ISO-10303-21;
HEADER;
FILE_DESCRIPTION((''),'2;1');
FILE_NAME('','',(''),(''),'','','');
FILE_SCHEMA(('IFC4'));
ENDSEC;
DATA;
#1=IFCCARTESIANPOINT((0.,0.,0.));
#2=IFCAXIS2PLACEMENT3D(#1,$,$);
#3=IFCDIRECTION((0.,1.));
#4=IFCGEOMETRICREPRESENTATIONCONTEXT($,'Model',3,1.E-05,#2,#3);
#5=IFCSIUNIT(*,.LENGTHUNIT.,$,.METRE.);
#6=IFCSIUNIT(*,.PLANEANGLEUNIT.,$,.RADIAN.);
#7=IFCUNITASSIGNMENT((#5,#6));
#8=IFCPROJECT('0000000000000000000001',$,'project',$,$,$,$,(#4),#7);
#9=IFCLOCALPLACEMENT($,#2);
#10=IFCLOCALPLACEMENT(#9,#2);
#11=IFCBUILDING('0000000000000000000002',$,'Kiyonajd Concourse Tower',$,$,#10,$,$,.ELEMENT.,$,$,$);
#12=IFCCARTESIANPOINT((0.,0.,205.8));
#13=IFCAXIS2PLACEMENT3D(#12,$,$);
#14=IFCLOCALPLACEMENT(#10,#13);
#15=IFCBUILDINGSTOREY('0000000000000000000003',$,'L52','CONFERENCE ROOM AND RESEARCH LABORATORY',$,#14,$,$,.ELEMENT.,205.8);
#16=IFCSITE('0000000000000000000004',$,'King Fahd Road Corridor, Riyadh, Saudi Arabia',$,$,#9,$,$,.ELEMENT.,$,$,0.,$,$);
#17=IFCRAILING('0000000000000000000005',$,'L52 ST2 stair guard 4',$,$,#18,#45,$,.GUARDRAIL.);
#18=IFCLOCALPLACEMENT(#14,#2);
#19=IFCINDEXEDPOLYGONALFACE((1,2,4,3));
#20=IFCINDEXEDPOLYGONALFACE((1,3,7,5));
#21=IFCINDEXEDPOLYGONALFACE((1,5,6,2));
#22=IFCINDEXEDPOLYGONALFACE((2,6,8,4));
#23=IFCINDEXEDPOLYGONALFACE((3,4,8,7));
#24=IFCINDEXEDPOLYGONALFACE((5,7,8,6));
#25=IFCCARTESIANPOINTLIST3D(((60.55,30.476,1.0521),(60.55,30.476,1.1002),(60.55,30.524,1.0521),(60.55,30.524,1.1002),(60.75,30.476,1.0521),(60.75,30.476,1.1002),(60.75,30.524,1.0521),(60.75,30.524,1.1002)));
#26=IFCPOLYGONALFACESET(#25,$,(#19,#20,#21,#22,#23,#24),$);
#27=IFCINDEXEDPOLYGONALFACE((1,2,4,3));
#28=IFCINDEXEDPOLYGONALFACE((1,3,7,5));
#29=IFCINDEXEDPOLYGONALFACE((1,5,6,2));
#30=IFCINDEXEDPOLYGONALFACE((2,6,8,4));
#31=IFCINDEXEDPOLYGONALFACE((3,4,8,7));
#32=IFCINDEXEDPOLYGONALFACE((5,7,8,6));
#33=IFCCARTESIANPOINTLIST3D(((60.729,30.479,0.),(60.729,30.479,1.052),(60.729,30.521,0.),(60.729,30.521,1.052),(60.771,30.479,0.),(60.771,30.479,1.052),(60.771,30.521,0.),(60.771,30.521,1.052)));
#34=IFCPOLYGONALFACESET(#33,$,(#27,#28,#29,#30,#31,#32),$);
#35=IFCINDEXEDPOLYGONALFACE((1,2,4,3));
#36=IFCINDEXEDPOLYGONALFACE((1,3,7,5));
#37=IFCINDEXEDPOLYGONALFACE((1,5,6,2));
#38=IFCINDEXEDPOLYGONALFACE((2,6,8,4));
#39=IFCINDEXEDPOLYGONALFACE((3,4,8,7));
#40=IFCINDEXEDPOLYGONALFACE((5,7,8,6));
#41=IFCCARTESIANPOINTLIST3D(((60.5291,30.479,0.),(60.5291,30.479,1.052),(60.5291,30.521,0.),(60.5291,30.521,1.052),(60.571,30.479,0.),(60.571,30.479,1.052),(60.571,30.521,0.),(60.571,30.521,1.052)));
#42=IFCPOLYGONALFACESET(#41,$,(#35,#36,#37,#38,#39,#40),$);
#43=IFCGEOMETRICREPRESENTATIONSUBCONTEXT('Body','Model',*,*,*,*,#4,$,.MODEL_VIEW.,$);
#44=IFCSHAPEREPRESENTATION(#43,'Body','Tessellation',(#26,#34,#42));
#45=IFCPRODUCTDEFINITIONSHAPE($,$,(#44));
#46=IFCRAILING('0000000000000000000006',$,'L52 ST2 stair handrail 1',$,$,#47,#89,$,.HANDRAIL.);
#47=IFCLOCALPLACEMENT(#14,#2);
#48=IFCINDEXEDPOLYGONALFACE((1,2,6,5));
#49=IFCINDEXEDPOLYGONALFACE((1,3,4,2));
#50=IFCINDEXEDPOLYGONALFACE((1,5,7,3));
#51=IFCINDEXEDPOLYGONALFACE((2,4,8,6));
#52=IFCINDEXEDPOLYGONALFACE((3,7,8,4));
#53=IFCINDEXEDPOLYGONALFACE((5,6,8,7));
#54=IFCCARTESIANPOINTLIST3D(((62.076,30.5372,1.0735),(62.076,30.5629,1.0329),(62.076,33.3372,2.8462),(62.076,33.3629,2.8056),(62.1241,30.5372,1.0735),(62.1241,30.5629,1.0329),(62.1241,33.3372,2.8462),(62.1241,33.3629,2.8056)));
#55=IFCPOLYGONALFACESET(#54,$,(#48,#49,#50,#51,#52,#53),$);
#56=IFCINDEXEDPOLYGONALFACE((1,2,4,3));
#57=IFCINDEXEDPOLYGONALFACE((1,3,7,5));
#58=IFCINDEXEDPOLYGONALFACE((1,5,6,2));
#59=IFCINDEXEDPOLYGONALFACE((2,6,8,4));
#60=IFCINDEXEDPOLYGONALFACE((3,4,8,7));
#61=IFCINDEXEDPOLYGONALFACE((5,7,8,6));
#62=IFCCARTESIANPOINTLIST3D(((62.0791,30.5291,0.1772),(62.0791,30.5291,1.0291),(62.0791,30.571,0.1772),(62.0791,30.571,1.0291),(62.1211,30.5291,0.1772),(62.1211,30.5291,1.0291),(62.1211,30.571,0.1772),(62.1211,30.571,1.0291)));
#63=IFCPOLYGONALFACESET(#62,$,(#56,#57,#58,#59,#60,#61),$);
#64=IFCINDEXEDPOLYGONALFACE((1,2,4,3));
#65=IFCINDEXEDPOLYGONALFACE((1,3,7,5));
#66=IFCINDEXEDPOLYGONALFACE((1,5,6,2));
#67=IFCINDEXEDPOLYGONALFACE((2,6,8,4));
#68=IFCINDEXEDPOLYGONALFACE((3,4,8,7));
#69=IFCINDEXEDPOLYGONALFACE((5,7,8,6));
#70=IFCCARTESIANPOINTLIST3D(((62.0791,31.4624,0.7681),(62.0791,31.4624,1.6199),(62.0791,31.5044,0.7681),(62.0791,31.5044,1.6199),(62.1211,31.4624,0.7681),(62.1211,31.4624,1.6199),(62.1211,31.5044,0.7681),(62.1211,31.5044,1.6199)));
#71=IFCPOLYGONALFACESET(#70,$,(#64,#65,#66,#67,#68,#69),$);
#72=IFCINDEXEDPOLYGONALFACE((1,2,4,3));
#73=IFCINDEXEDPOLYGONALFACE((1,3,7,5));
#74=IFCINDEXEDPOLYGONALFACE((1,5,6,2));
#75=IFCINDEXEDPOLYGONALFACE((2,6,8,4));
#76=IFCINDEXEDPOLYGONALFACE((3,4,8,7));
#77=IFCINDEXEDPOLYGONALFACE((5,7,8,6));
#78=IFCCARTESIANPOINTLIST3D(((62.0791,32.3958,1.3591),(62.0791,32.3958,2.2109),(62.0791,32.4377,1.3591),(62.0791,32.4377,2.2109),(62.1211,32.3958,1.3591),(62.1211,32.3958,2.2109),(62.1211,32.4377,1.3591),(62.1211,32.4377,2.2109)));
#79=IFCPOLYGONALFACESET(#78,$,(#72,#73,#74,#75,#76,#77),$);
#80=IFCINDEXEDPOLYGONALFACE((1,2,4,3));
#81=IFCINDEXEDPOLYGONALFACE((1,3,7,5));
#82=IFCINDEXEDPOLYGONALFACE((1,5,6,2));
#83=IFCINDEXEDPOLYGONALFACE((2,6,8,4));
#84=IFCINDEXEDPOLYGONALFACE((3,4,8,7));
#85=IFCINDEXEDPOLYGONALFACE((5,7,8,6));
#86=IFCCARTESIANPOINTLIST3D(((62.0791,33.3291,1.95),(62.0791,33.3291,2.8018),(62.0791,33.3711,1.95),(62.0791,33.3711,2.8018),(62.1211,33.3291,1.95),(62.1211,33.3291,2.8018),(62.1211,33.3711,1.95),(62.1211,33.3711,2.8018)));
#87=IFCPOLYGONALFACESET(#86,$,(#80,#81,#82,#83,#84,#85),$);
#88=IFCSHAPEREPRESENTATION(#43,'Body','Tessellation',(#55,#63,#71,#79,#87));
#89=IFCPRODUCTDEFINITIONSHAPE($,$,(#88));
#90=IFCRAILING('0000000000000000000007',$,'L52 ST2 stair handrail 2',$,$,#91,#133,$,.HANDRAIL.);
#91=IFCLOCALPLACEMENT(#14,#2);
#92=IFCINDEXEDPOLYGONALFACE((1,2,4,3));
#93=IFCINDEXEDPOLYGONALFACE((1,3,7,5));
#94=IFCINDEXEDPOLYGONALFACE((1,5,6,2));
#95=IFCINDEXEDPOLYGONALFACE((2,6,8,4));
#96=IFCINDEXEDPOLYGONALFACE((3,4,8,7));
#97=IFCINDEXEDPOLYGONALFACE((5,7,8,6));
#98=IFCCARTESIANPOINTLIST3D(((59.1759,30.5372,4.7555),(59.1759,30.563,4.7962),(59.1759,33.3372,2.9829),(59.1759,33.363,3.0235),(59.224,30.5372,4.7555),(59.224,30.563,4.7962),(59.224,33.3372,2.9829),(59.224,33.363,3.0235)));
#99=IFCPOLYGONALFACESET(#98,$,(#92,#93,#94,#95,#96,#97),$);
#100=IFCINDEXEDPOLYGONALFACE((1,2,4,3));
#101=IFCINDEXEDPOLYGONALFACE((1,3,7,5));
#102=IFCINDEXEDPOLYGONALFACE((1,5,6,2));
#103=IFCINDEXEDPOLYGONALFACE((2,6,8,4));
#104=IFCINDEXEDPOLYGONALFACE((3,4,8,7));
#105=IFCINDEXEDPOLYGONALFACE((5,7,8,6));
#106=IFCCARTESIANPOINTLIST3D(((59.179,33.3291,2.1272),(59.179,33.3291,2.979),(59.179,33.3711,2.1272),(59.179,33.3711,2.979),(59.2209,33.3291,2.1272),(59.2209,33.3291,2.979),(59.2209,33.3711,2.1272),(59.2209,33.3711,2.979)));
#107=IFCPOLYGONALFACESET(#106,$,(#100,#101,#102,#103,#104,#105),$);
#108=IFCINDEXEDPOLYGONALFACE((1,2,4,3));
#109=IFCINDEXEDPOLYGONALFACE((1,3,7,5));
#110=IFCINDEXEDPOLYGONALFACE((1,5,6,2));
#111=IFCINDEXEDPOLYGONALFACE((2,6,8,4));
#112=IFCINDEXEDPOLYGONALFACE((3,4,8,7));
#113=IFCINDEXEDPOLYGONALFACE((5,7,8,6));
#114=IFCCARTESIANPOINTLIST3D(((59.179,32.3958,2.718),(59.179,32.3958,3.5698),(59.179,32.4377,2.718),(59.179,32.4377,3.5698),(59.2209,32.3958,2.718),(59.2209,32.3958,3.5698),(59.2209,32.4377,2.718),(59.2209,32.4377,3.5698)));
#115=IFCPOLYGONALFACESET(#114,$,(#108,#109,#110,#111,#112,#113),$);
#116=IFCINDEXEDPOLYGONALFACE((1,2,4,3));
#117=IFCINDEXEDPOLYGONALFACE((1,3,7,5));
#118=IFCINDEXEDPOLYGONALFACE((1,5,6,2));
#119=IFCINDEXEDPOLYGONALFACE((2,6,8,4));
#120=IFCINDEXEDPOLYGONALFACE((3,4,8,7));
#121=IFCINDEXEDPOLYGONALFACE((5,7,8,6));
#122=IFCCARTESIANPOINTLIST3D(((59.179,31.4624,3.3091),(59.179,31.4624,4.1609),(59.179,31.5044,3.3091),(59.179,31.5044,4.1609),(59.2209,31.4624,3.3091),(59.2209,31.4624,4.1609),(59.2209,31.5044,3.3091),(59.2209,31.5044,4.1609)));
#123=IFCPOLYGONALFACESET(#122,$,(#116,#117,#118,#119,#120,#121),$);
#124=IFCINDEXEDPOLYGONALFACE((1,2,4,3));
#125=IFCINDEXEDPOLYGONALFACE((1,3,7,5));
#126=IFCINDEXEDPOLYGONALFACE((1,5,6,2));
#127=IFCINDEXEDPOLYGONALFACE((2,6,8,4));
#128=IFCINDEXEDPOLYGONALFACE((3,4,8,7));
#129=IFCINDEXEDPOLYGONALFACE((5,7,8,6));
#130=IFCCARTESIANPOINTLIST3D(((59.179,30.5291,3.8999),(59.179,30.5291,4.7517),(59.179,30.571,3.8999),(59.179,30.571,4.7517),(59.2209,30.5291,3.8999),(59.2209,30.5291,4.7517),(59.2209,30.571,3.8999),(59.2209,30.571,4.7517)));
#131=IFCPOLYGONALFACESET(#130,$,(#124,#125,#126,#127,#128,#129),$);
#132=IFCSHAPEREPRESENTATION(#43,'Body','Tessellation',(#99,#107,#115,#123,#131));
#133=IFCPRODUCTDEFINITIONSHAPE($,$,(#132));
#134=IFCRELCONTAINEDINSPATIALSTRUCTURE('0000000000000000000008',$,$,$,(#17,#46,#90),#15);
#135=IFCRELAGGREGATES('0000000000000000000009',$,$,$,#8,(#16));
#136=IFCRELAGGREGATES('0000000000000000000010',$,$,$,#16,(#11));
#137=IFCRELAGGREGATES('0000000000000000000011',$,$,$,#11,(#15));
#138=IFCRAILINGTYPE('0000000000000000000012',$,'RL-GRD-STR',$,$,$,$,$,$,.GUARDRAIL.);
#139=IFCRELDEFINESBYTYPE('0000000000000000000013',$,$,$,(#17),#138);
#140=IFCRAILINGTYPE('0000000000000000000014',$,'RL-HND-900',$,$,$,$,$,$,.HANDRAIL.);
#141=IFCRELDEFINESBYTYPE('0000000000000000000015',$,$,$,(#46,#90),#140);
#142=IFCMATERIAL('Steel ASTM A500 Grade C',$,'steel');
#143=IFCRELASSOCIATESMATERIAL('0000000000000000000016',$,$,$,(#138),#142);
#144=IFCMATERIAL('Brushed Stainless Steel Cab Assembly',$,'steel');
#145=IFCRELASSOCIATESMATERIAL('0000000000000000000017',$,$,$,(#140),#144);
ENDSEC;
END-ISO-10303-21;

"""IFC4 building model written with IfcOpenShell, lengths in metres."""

from ifc_helpers import new_model, si_unit, direction, frame, origin, origin_2d, place, context, subcontext, project, spatial, rectangle, extrude, material, type_object, element, save


model = new_model("IFC4")

# Units and contexts
model_context = context("Model", 3, precision=1e-05, world=origin(), true_north=direction((0.0, 1.0)))
body_context = subcontext(model_context, "Body", "Model", "MODEL_VIEW")
ifc_project = project(units=[si_unit("LENGTHUNIT", "METRE"), si_unit("PLANEANGLEUNIT", "RADIAN")], contexts=[model_context])

# Site, building, storey
site_placement = place(None, origin())
site = spatial("IfcSite", under=ifc_project, at=site_placement, Name="King Fahd Road Corridor, Riyadh, Saudi Arabia", CompositionType="ELEMENT", RefElevation=0.0)
building_placement = place(site_placement, origin())
building = spatial("IfcBuilding", under=site, at=building_placement, Name="Kiyonajd Concourse Tower", CompositionType="ELEMENT")
storey_placement = place(building_placement, frame((0.0, 0.0, 205.8)))
storey = spatial("IfcBuildingStorey", under=building, at=storey_placement, Name="L52", Description="CONFERENCE ROOM AND RESEARCH LABORATORY", CompositionType="ELEMENT", Elevation=205.8)

# Shared definitions
ifc_material_1 = material(Name="Brushed Stainless Steel Cab Assembly", Category="steel")

# Railings
ifc_material_2 = material(Name="Steel ASTM A500 Grade C", Category="steel")
railing_type_1 = type_object("IfcRailingType", Name="RL-GRD-STR", PredefinedType="GUARDRAIL", material=ifc_material_2)
railing_1_placement = place(storey_placement, frame((60.75, 30.5, 0.0)))
element("IfcRailing", 1, at=railing_1_placement, inside=storey, type_object=railing_type_1, Name="L52 ST2 stair guard 4", PredefinedType="GUARDRAIL", context=body_context, shape_type="SweptSolid", body=[
    extrude(rectangle(XDim=0.0481, YDim=0.0481, at=origin_2d()), frame((0.0, 0.0, 1.0762), z_axis=(-1.0, 0.0, 0.0), x_axis=(0.0, -1.0, 0.0)), (0.0, 0.0, 1.0), 0.2),
    extrude(rectangle(XDim=0.042, YDim=0.042, at=origin_2d()), origin(), (0.0, 0.0, 1.0), 1.052),
    extrude(rectangle(XDim=0.042, YDim=0.042, at=origin_2d()), frame((-0.2, 0.0, 0.0)), (0.0, 0.0, 1.0), 1.052),
])
railing_type_2 = type_object("IfcRailingType", Name="RL-HND-900", PredefinedType="HANDRAIL", material=ifc_material_1)
railing_2_placement = place(storey_placement, frame((62.1001, 30.55, 0.1772)))
element("IfcRailing", 2, at=railing_2_placement, inside=storey, type_object=railing_type_2, Name="L52 ST2 stair handrail 1", PredefinedType="HANDRAIL", context=body_context, shape_type="SweptSolid", body=[
    extrude(rectangle(XDim=0.0481, YDim=0.0481, at=origin_2d()), frame((0.0, 0.0, 0.876), z_axis=(0.0, 0.844909, 0.53491), x_axis=(-1.0, 0.0, 0.0)), (0.0, 0.0, 1.0), 3.314),
    extrude(rectangle(XDim=0.042, YDim=0.042, at=origin_2d()), origin(), (0.0, 0.0, 1.0), 0.8518),
    extrude(rectangle(XDim=0.042, YDim=0.042, at=origin_2d()), frame((0.0, 0.9333, 0.5908)), (0.0, 0.0, 1.0), 0.8518),
    extrude(rectangle(XDim=0.042, YDim=0.042, at=origin_2d()), frame((0.0, 1.8667, 1.1819)), (0.0, 0.0, 1.0), 0.8518),
    extrude(rectangle(XDim=0.042, YDim=0.042, at=origin_2d()), frame((0.0, 2.8, 1.7727)), (0.0, 0.0, 1.0), 0.8518),
])
railing_3_placement = place(storey_placement, frame((59.2, 33.3501, 2.1272)))
element("IfcRailing", 3, at=railing_3_placement, inside=storey, type_object=railing_type_2, Name="L52 ST2 stair handrail 2", PredefinedType="HANDRAIL", context=body_context, shape_type="SweptSolid", body=[
    extrude(rectangle(XDim=0.0481, YDim=0.0481, at=origin_2d()), frame((0.0, 0.0, 0.876), z_axis=(0.0, -0.844909, 0.53491), x_axis=(1.0, 0.0, 0.0)), (0.0, 0.0, 1.0), 3.314),
    extrude(rectangle(XDim=0.042, YDim=0.042, at=origin_2d()), origin(), (0.0, 0.0, 1.0), 0.8518),
    extrude(rectangle(XDim=0.042, YDim=0.042, at=origin_2d()), frame((0.0, -0.9333, 0.5908)), (0.0, 0.0, 1.0), 0.8518),
    extrude(rectangle(XDim=0.042, YDim=0.042, at=origin_2d()), frame((0.0, -1.8667, 1.1819)), (0.0, 0.0, 1.0), 0.8518),
    extrude(rectangle(XDim=0.042, YDim=0.042, at=origin_2d()), frame((0.0, -2.8, 1.7727)), (0.0, 0.0, 1.0), 0.8518),
])

save(model, "model.ifc")
